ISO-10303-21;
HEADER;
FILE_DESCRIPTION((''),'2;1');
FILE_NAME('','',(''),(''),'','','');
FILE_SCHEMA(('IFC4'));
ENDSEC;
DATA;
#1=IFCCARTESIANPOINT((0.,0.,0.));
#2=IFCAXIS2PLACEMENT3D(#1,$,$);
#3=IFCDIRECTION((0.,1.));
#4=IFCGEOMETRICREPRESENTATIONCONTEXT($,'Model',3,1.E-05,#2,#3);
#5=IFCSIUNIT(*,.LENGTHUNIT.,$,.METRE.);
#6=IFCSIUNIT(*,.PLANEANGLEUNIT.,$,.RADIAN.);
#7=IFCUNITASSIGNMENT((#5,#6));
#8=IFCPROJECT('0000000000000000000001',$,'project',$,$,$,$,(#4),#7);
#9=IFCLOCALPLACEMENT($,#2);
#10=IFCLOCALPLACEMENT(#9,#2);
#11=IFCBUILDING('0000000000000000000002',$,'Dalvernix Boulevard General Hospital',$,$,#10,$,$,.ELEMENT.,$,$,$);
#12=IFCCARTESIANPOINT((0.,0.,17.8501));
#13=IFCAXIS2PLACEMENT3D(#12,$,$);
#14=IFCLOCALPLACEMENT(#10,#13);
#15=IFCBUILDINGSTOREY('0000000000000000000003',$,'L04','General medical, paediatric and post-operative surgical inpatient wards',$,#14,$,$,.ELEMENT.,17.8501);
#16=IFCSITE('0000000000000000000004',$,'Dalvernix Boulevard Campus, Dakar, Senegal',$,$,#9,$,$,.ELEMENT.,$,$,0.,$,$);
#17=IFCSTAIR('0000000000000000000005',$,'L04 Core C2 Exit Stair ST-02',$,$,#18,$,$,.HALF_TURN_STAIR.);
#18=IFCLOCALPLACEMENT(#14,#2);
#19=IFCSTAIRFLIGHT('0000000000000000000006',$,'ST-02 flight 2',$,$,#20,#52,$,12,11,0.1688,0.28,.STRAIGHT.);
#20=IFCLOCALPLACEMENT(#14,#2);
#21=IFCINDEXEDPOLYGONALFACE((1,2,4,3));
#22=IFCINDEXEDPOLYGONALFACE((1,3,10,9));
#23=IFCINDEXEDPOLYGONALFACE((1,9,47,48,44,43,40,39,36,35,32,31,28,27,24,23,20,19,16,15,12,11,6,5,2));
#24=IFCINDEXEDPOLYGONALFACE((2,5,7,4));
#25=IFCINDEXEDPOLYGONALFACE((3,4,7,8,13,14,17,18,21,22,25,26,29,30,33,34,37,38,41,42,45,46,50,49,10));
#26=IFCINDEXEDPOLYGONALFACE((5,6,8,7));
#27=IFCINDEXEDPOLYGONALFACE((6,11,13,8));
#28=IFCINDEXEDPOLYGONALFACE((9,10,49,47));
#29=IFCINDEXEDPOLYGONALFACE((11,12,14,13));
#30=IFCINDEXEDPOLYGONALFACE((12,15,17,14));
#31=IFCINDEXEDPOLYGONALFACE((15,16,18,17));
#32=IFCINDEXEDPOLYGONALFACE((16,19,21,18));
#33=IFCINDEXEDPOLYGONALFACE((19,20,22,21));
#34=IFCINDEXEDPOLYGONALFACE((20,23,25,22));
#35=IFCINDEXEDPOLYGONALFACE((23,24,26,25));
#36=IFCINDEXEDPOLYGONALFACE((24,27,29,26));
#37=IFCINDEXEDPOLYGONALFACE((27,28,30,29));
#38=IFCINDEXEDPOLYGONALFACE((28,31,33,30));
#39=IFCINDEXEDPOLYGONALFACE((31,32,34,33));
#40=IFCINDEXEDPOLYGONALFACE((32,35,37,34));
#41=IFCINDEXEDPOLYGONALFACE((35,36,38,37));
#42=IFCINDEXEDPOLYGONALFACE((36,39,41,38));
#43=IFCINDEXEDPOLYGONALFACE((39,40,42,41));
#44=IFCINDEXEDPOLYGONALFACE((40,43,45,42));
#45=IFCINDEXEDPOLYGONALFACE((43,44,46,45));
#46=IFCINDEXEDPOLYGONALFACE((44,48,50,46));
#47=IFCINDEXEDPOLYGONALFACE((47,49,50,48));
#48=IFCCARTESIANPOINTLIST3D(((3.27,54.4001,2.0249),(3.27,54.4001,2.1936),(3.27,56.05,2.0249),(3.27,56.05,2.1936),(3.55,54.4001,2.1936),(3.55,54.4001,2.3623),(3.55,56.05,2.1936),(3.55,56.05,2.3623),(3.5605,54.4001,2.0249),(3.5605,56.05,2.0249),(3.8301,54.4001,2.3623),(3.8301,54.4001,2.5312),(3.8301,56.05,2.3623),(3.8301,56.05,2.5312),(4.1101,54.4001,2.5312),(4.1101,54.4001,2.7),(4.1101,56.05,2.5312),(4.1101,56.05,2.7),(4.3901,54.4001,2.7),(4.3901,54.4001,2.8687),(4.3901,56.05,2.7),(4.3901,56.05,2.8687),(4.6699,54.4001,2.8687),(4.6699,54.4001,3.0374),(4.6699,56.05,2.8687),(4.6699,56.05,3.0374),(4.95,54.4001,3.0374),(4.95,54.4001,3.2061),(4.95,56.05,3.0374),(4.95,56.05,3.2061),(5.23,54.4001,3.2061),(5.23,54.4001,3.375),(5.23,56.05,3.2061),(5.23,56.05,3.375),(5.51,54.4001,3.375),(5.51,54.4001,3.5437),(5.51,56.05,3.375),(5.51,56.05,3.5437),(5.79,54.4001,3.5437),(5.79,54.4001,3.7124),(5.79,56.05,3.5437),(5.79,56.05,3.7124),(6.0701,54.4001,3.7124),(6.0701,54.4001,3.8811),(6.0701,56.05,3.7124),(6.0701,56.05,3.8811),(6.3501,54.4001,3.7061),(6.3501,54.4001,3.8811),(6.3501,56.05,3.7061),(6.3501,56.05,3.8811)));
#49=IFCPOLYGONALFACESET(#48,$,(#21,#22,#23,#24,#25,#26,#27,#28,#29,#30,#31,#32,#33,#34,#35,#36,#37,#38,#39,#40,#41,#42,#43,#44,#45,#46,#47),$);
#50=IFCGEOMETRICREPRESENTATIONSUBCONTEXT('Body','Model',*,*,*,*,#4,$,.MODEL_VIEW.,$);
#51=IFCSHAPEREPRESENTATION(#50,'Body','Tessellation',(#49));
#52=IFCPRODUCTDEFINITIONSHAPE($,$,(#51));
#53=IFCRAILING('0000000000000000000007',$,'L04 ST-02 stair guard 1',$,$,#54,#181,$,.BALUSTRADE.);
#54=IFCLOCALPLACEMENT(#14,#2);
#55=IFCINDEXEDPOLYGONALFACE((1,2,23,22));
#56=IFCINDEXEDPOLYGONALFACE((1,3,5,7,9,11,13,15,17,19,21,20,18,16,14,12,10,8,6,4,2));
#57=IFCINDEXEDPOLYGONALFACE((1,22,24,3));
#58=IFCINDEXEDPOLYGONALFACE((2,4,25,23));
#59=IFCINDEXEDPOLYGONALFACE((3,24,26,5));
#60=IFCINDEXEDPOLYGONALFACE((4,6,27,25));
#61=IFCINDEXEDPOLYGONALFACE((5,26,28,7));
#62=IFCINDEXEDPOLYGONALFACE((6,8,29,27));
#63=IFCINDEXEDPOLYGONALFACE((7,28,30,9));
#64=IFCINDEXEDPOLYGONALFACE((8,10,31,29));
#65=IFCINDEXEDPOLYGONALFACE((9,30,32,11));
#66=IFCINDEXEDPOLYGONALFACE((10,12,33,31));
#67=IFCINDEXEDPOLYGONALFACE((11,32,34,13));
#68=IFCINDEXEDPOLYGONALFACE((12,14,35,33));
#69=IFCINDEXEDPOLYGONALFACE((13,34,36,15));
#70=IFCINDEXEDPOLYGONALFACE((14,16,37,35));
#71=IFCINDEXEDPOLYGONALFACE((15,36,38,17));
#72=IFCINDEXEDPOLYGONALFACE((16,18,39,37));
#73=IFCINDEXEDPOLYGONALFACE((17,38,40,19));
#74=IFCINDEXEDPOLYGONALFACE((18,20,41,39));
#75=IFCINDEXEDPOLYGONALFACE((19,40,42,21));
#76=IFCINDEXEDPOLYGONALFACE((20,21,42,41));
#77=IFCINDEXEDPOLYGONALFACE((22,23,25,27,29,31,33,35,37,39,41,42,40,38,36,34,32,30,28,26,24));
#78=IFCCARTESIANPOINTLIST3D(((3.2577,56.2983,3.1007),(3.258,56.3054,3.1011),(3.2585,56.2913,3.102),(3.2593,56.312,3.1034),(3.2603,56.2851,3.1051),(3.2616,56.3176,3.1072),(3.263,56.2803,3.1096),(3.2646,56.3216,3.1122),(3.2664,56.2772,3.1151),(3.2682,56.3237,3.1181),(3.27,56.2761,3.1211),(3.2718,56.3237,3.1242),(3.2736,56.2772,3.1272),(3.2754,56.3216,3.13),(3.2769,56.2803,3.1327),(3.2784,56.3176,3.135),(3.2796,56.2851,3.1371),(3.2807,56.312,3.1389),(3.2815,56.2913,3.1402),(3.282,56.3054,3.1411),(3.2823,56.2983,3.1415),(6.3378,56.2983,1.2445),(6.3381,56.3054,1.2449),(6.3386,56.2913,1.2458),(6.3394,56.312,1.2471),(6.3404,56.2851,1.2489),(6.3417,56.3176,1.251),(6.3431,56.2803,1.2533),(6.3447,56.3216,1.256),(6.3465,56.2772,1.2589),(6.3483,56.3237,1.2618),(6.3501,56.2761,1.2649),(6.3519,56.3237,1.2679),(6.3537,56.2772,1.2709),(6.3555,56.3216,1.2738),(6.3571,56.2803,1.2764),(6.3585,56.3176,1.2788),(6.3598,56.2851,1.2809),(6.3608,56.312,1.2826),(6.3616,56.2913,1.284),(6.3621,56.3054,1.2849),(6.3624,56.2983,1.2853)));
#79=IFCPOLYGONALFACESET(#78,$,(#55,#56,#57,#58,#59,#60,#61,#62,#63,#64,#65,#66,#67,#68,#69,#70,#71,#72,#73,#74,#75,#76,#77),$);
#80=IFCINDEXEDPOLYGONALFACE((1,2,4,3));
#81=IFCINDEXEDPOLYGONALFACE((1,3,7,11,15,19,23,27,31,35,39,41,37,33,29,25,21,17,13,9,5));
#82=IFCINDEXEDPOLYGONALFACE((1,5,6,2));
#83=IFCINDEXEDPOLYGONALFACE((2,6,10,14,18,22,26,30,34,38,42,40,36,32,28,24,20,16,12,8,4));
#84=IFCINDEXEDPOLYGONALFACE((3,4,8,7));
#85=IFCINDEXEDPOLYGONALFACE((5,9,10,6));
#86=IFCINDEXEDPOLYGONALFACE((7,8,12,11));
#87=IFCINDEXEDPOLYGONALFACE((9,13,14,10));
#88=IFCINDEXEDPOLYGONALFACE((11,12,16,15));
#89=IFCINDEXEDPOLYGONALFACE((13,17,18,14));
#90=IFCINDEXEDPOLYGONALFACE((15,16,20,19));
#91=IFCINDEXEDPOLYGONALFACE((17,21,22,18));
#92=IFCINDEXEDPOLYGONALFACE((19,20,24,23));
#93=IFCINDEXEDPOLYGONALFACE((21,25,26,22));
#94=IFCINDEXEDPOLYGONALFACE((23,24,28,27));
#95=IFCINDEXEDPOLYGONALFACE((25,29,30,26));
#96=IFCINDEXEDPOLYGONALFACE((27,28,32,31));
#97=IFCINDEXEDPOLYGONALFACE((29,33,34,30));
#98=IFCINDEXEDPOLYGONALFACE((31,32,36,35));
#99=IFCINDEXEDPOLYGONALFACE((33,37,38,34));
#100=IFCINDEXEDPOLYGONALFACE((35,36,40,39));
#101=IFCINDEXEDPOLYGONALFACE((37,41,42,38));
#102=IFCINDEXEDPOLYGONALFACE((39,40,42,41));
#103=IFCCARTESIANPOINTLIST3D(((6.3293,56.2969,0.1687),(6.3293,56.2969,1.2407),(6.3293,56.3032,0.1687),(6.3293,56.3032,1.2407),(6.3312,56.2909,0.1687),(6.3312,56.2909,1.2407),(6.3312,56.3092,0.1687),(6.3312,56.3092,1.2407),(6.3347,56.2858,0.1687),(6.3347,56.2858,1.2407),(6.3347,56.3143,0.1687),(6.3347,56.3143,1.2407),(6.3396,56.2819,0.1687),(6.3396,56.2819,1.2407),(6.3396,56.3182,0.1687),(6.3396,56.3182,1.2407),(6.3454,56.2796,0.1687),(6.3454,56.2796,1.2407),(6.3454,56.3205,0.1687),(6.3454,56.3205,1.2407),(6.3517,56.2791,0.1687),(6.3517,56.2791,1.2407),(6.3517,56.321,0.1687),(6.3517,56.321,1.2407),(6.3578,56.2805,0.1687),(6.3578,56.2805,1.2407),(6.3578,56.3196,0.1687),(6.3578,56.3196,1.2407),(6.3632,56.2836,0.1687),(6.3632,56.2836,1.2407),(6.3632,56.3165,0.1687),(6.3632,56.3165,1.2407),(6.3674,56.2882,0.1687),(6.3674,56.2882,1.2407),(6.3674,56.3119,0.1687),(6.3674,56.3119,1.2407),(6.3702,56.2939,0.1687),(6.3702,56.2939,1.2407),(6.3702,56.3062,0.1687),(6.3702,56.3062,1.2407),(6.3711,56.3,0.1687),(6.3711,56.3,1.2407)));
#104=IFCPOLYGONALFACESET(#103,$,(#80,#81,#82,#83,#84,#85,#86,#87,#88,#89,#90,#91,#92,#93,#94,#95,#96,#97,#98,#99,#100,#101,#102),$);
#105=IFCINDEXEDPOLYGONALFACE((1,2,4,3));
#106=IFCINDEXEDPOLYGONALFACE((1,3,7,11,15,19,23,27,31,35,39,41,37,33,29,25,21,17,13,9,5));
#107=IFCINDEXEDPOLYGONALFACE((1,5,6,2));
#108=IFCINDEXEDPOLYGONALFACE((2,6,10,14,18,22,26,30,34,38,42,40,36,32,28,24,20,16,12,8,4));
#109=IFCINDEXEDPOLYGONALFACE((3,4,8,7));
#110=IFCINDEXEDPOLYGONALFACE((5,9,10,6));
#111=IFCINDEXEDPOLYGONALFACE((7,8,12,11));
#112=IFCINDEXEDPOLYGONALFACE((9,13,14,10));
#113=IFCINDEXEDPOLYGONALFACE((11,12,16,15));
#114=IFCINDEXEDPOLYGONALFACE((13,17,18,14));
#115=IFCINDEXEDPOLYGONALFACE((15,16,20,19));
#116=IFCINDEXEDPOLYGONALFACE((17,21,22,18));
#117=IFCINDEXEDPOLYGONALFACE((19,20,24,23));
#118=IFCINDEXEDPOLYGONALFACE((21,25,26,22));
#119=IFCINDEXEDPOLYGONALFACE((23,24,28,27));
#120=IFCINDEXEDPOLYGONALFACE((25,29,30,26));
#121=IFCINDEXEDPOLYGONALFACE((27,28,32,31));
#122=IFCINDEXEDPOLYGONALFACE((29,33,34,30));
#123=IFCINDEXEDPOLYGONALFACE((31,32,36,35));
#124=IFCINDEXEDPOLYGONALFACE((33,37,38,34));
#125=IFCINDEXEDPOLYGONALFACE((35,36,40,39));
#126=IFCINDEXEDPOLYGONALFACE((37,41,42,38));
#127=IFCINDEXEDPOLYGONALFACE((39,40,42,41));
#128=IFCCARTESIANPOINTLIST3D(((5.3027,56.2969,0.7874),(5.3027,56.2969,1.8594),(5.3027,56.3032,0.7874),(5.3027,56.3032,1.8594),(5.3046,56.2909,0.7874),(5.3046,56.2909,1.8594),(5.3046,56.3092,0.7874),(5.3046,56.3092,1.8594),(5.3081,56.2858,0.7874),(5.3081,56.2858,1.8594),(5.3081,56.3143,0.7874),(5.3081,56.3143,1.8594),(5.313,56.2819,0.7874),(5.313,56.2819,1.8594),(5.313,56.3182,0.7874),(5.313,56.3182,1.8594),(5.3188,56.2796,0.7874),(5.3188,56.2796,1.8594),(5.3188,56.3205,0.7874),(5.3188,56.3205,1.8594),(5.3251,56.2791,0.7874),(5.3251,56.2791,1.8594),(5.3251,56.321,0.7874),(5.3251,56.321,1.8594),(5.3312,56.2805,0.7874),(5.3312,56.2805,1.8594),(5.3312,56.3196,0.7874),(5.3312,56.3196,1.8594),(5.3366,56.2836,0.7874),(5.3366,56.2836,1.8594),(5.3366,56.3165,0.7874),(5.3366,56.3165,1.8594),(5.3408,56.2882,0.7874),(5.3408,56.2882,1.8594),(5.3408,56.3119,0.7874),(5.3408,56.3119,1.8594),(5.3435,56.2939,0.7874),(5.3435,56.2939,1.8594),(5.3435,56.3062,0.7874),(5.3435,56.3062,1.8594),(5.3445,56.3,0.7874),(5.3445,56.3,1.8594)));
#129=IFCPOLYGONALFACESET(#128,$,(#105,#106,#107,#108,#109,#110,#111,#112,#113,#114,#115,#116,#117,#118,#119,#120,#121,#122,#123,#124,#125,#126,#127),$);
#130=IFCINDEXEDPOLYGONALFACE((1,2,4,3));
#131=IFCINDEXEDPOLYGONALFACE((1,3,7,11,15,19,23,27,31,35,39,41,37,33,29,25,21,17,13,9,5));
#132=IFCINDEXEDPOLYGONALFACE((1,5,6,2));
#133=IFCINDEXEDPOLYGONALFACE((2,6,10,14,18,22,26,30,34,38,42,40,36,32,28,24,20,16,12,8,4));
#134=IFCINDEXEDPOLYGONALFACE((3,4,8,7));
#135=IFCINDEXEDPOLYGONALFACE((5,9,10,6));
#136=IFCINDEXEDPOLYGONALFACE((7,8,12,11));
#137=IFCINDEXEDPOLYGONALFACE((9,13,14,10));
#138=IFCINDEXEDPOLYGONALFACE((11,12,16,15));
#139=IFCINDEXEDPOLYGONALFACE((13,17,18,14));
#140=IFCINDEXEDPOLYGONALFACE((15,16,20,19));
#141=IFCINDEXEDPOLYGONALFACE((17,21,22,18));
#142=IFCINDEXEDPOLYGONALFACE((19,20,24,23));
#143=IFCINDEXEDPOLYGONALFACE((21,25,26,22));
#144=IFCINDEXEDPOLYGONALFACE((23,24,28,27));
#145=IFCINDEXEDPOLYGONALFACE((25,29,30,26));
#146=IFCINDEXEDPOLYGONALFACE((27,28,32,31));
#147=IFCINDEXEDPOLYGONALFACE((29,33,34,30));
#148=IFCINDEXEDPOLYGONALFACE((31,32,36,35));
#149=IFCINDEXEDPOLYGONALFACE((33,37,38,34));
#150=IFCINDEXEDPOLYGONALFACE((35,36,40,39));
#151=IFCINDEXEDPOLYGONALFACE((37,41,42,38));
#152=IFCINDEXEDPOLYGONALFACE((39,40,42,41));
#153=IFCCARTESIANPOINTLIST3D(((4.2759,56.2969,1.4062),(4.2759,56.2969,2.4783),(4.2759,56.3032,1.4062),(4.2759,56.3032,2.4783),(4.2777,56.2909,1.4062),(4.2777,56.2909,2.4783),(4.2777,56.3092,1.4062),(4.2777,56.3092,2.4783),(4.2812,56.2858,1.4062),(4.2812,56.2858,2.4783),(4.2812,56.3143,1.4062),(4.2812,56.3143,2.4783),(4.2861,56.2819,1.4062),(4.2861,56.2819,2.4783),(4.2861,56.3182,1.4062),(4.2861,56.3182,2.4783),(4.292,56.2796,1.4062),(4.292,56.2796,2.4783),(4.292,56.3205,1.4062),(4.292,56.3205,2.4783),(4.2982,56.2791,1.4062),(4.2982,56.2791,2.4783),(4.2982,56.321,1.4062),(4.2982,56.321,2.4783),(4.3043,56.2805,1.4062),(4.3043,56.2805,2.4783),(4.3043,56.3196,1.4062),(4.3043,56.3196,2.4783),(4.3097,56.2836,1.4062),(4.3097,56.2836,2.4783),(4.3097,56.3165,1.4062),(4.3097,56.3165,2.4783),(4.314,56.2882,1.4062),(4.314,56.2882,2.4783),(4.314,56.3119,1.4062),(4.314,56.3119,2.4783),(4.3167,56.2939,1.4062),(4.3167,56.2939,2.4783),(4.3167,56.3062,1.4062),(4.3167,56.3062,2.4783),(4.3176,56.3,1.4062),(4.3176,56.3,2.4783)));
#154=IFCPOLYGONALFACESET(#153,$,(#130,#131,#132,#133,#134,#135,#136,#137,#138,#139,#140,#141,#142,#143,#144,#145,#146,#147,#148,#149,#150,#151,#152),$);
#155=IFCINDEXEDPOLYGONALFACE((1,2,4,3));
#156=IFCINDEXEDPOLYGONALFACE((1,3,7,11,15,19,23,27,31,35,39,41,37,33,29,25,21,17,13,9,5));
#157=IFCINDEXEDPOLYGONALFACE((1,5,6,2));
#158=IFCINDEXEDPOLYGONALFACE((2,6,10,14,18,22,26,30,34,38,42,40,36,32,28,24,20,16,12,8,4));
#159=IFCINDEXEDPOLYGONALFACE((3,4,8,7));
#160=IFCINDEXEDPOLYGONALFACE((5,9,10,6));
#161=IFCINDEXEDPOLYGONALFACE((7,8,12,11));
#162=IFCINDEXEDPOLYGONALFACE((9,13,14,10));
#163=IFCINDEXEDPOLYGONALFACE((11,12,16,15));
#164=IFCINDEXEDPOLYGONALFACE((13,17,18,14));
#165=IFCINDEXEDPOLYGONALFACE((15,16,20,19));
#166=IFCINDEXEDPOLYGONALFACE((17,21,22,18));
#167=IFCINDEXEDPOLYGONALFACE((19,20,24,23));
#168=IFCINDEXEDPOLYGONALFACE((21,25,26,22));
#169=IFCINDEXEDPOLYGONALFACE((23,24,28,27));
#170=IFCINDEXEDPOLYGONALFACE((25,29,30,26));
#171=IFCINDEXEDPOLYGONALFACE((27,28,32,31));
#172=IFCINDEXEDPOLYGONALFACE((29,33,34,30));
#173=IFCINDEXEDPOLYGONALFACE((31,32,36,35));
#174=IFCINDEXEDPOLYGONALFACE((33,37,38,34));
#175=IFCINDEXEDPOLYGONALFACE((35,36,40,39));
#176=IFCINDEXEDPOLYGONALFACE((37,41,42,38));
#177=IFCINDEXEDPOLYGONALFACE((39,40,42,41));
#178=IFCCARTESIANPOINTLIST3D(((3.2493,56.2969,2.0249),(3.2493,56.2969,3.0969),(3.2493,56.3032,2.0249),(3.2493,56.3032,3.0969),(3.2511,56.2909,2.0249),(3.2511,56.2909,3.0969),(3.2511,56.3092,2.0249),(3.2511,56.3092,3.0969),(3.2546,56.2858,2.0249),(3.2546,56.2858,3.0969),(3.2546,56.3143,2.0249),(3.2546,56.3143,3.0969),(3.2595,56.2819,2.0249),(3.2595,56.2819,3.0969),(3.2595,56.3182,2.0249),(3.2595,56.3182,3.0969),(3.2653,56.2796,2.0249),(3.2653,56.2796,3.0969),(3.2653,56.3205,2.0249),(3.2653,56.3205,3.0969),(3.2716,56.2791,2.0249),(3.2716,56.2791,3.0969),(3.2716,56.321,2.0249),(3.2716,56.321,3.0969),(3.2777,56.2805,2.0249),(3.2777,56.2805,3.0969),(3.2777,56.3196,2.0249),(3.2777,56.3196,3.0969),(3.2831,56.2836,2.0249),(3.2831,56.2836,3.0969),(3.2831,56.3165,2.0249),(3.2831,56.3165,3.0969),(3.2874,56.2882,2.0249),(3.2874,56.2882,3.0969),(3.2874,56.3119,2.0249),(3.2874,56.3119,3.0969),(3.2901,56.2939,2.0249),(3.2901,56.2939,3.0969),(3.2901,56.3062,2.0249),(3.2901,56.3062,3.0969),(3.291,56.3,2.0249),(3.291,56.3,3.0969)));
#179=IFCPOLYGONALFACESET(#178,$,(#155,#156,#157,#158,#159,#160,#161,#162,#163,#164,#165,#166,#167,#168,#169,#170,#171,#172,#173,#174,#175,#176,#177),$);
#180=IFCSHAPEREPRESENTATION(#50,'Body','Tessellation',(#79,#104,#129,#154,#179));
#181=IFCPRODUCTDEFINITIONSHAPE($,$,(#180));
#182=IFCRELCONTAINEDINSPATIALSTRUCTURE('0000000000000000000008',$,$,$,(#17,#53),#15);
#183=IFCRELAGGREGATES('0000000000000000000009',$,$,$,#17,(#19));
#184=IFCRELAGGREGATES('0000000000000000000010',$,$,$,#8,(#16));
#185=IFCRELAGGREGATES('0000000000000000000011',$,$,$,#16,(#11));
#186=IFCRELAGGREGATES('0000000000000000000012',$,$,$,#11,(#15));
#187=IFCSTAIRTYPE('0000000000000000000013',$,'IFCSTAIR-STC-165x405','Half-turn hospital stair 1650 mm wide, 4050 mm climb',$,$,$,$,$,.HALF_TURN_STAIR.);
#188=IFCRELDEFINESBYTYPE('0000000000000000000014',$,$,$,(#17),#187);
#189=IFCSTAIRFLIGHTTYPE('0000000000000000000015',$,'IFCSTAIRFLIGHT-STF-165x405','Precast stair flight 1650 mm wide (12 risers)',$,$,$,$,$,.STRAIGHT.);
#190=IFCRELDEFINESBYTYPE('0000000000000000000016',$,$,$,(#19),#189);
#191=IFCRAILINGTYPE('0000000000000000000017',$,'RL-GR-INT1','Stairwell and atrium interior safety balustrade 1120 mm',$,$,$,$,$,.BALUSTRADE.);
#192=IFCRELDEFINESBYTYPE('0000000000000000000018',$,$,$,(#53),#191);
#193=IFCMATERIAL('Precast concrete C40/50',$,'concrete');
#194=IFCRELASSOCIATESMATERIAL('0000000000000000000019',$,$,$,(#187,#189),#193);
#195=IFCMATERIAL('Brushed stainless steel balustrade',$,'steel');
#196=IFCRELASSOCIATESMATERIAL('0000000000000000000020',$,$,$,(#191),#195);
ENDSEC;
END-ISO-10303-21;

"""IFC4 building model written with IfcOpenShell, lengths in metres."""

from ifc_helpers import new_model, si_unit, direction, frame, origin, origin_2d, place, context, subcontext, project, spatial, polyline, circle, outline, extrude, material, type_object, element, aggregate, save


model = new_model("IFC4")

# Units and contexts
model_context = context("Model", 3, precision=1e-05, world=origin(), true_north=direction((0.0, 1.0)))
body_context = subcontext(model_context, "Body", "Model", "MODEL_VIEW")
ifc_project = project(units=[si_unit("LENGTHUNIT", "METRE"), si_unit("PLANEANGLEUNIT", "RADIAN")], contexts=[model_context])

# Site, building, storey
site_placement = place(None, origin())
site = spatial("IfcSite", under=ifc_project, at=site_placement, Name="Dalvernix Boulevard Campus, Dakar, Senegal", CompositionType="ELEMENT", RefElevation=0.0)
building_placement = place(site_placement, origin())
building = spatial("IfcBuilding", under=site, at=building_placement, Name="Dalvernix Boulevard General Hospital", CompositionType="ELEMENT")
storey_placement = place(building_placement, frame((0.0, 0.0, 17.8501)))
storey = spatial("IfcBuildingStorey", under=building, at=storey_placement, Name="L04", Description="General medical, paediatric and post-operative surgical inpatient wards", CompositionType="ELEMENT", Elevation=17.8501)

# Stair, stair flight
ifc_material_1 = material(Name="Precast concrete C40/50", Category="concrete")
stair_type = type_object("IfcStairType", Name="IFCSTAIR-STC-165x405", Description="Half-turn hospital stair 1650 mm wide, 4050 mm climb", PredefinedType="HALF_TURN_STAIR", material=ifc_material_1)
stair_placement = place(storey_placement, origin())
stair = element("IfcStair", 1, at=stair_placement, inside=storey, type_object=stair_type, Name="L04 Core C2 Exit Stair ST-02", PredefinedType="HALF_TURN_STAIR")
stair_flight_type = type_object("IfcStairFlightType", Name="IFCSTAIRFLIGHT-STF-165x405", Description="Precast stair flight 1650 mm wide (12 risers)", PredefinedType="STRAIGHT", material=ifc_material_1)
stair_flight_1_placement = place(storey_placement, frame((3.27, 55.2251, 2.0249), z_axis=(0.0, 0.0, 1.0), x_axis=(1.0, 0.0, 0.0)))
stair_flight_1 = element("IfcStairFlight", 2, at=stair_flight_1_placement, type_object=stair_flight_type, Name="ST-02 flight 2", NumberOfRisers=12, NumberOfTreads=11, PredefinedType="STRAIGHT", RiserHeight=0.1688, TreadLength=0.28, context=body_context, shape_type="SweptSolid", body=[
    extrude(outline(polyline([(0.0, 0.0), (0.0, 0.1687), (0.28, 0.1687), (0.28, 0.3374), (0.5601, 0.3374), (0.5601, 0.5063), (0.8401, 0.5063), (0.8401, 0.675), (1.1201, 0.675), (1.1201, 0.8438), (1.3999, 0.8438), (1.3999, 1.0125), (1.6799, 1.0125), (1.6799, 1.1812), (1.96, 1.1812), (1.96, 1.3501), (2.24, 1.3501), (2.24, 1.5188), (2.52, 1.5188), (2.52, 1.6875), (2.8, 1.6875), (2.8, 1.8562), (3.0801, 1.8562), (3.0801, 2.0249), (3.0801, 1.6812), (0.2905, 0.0), (0.0, 0.0)])), frame((0.0, 0.825, 0.0), z_axis=(0.0, -1.0, 0.0), x_axis=(1.0, 0.0, 0.0)), (0.0, 0.0, 1.0), 1.6499),
])
aggregate(stair, [stair_flight_1])

# Railing
ifc_material_2 = material(Name="Brushed stainless steel balustrade", Category="steel")
railing_type_1 = type_object("IfcRailingType", Name="RL-GR-INT1", Description="Stairwell and atrium interior safety balustrade 1120 mm", PredefinedType="BALUSTRADE", material=ifc_material_2)
railing_1_placement = place(storey_placement, frame((6.3501, 56.3, 0.1687)))
element("IfcRailing", 3, at=railing_1_placement, inside=storey, type_object=railing_type_1, Name="L04 ST-02 stair guard 1", PredefinedType="BALUSTRADE", context=body_context, shape_type="SweptSolid", body=[
    extrude(circle(Radius=0.0239, at=origin_2d()), frame((0.0, 0.0, 1.0962), z_axis=(-0.856491, 0.0, 0.516162), x_axis=(0.0, -1.0, 0.0)), (0.0, 0.0, 1.0), 3.5962),
    extrude(circle(Radius=0.021, at=origin_2d()), origin(), (0.0, 0.0, 1.0), 1.072),
    extrude(circle(Radius=0.021, at=origin_2d()), frame((-1.0266, 0.0, 0.6187)), (0.0, 0.0, 1.0), 1.072),
    extrude(circle(Radius=0.021, at=origin_2d()), frame((-2.0535, 0.0, 1.2375)), (0.0, 0.0, 1.0), 1.072),
    extrude(circle(Radius=0.021, at=origin_2d()), frame((-3.0801, 0.0, 1.8562)), (0.0, 0.0, 1.0), 1.072),
])

save(model, "model.ifc")
